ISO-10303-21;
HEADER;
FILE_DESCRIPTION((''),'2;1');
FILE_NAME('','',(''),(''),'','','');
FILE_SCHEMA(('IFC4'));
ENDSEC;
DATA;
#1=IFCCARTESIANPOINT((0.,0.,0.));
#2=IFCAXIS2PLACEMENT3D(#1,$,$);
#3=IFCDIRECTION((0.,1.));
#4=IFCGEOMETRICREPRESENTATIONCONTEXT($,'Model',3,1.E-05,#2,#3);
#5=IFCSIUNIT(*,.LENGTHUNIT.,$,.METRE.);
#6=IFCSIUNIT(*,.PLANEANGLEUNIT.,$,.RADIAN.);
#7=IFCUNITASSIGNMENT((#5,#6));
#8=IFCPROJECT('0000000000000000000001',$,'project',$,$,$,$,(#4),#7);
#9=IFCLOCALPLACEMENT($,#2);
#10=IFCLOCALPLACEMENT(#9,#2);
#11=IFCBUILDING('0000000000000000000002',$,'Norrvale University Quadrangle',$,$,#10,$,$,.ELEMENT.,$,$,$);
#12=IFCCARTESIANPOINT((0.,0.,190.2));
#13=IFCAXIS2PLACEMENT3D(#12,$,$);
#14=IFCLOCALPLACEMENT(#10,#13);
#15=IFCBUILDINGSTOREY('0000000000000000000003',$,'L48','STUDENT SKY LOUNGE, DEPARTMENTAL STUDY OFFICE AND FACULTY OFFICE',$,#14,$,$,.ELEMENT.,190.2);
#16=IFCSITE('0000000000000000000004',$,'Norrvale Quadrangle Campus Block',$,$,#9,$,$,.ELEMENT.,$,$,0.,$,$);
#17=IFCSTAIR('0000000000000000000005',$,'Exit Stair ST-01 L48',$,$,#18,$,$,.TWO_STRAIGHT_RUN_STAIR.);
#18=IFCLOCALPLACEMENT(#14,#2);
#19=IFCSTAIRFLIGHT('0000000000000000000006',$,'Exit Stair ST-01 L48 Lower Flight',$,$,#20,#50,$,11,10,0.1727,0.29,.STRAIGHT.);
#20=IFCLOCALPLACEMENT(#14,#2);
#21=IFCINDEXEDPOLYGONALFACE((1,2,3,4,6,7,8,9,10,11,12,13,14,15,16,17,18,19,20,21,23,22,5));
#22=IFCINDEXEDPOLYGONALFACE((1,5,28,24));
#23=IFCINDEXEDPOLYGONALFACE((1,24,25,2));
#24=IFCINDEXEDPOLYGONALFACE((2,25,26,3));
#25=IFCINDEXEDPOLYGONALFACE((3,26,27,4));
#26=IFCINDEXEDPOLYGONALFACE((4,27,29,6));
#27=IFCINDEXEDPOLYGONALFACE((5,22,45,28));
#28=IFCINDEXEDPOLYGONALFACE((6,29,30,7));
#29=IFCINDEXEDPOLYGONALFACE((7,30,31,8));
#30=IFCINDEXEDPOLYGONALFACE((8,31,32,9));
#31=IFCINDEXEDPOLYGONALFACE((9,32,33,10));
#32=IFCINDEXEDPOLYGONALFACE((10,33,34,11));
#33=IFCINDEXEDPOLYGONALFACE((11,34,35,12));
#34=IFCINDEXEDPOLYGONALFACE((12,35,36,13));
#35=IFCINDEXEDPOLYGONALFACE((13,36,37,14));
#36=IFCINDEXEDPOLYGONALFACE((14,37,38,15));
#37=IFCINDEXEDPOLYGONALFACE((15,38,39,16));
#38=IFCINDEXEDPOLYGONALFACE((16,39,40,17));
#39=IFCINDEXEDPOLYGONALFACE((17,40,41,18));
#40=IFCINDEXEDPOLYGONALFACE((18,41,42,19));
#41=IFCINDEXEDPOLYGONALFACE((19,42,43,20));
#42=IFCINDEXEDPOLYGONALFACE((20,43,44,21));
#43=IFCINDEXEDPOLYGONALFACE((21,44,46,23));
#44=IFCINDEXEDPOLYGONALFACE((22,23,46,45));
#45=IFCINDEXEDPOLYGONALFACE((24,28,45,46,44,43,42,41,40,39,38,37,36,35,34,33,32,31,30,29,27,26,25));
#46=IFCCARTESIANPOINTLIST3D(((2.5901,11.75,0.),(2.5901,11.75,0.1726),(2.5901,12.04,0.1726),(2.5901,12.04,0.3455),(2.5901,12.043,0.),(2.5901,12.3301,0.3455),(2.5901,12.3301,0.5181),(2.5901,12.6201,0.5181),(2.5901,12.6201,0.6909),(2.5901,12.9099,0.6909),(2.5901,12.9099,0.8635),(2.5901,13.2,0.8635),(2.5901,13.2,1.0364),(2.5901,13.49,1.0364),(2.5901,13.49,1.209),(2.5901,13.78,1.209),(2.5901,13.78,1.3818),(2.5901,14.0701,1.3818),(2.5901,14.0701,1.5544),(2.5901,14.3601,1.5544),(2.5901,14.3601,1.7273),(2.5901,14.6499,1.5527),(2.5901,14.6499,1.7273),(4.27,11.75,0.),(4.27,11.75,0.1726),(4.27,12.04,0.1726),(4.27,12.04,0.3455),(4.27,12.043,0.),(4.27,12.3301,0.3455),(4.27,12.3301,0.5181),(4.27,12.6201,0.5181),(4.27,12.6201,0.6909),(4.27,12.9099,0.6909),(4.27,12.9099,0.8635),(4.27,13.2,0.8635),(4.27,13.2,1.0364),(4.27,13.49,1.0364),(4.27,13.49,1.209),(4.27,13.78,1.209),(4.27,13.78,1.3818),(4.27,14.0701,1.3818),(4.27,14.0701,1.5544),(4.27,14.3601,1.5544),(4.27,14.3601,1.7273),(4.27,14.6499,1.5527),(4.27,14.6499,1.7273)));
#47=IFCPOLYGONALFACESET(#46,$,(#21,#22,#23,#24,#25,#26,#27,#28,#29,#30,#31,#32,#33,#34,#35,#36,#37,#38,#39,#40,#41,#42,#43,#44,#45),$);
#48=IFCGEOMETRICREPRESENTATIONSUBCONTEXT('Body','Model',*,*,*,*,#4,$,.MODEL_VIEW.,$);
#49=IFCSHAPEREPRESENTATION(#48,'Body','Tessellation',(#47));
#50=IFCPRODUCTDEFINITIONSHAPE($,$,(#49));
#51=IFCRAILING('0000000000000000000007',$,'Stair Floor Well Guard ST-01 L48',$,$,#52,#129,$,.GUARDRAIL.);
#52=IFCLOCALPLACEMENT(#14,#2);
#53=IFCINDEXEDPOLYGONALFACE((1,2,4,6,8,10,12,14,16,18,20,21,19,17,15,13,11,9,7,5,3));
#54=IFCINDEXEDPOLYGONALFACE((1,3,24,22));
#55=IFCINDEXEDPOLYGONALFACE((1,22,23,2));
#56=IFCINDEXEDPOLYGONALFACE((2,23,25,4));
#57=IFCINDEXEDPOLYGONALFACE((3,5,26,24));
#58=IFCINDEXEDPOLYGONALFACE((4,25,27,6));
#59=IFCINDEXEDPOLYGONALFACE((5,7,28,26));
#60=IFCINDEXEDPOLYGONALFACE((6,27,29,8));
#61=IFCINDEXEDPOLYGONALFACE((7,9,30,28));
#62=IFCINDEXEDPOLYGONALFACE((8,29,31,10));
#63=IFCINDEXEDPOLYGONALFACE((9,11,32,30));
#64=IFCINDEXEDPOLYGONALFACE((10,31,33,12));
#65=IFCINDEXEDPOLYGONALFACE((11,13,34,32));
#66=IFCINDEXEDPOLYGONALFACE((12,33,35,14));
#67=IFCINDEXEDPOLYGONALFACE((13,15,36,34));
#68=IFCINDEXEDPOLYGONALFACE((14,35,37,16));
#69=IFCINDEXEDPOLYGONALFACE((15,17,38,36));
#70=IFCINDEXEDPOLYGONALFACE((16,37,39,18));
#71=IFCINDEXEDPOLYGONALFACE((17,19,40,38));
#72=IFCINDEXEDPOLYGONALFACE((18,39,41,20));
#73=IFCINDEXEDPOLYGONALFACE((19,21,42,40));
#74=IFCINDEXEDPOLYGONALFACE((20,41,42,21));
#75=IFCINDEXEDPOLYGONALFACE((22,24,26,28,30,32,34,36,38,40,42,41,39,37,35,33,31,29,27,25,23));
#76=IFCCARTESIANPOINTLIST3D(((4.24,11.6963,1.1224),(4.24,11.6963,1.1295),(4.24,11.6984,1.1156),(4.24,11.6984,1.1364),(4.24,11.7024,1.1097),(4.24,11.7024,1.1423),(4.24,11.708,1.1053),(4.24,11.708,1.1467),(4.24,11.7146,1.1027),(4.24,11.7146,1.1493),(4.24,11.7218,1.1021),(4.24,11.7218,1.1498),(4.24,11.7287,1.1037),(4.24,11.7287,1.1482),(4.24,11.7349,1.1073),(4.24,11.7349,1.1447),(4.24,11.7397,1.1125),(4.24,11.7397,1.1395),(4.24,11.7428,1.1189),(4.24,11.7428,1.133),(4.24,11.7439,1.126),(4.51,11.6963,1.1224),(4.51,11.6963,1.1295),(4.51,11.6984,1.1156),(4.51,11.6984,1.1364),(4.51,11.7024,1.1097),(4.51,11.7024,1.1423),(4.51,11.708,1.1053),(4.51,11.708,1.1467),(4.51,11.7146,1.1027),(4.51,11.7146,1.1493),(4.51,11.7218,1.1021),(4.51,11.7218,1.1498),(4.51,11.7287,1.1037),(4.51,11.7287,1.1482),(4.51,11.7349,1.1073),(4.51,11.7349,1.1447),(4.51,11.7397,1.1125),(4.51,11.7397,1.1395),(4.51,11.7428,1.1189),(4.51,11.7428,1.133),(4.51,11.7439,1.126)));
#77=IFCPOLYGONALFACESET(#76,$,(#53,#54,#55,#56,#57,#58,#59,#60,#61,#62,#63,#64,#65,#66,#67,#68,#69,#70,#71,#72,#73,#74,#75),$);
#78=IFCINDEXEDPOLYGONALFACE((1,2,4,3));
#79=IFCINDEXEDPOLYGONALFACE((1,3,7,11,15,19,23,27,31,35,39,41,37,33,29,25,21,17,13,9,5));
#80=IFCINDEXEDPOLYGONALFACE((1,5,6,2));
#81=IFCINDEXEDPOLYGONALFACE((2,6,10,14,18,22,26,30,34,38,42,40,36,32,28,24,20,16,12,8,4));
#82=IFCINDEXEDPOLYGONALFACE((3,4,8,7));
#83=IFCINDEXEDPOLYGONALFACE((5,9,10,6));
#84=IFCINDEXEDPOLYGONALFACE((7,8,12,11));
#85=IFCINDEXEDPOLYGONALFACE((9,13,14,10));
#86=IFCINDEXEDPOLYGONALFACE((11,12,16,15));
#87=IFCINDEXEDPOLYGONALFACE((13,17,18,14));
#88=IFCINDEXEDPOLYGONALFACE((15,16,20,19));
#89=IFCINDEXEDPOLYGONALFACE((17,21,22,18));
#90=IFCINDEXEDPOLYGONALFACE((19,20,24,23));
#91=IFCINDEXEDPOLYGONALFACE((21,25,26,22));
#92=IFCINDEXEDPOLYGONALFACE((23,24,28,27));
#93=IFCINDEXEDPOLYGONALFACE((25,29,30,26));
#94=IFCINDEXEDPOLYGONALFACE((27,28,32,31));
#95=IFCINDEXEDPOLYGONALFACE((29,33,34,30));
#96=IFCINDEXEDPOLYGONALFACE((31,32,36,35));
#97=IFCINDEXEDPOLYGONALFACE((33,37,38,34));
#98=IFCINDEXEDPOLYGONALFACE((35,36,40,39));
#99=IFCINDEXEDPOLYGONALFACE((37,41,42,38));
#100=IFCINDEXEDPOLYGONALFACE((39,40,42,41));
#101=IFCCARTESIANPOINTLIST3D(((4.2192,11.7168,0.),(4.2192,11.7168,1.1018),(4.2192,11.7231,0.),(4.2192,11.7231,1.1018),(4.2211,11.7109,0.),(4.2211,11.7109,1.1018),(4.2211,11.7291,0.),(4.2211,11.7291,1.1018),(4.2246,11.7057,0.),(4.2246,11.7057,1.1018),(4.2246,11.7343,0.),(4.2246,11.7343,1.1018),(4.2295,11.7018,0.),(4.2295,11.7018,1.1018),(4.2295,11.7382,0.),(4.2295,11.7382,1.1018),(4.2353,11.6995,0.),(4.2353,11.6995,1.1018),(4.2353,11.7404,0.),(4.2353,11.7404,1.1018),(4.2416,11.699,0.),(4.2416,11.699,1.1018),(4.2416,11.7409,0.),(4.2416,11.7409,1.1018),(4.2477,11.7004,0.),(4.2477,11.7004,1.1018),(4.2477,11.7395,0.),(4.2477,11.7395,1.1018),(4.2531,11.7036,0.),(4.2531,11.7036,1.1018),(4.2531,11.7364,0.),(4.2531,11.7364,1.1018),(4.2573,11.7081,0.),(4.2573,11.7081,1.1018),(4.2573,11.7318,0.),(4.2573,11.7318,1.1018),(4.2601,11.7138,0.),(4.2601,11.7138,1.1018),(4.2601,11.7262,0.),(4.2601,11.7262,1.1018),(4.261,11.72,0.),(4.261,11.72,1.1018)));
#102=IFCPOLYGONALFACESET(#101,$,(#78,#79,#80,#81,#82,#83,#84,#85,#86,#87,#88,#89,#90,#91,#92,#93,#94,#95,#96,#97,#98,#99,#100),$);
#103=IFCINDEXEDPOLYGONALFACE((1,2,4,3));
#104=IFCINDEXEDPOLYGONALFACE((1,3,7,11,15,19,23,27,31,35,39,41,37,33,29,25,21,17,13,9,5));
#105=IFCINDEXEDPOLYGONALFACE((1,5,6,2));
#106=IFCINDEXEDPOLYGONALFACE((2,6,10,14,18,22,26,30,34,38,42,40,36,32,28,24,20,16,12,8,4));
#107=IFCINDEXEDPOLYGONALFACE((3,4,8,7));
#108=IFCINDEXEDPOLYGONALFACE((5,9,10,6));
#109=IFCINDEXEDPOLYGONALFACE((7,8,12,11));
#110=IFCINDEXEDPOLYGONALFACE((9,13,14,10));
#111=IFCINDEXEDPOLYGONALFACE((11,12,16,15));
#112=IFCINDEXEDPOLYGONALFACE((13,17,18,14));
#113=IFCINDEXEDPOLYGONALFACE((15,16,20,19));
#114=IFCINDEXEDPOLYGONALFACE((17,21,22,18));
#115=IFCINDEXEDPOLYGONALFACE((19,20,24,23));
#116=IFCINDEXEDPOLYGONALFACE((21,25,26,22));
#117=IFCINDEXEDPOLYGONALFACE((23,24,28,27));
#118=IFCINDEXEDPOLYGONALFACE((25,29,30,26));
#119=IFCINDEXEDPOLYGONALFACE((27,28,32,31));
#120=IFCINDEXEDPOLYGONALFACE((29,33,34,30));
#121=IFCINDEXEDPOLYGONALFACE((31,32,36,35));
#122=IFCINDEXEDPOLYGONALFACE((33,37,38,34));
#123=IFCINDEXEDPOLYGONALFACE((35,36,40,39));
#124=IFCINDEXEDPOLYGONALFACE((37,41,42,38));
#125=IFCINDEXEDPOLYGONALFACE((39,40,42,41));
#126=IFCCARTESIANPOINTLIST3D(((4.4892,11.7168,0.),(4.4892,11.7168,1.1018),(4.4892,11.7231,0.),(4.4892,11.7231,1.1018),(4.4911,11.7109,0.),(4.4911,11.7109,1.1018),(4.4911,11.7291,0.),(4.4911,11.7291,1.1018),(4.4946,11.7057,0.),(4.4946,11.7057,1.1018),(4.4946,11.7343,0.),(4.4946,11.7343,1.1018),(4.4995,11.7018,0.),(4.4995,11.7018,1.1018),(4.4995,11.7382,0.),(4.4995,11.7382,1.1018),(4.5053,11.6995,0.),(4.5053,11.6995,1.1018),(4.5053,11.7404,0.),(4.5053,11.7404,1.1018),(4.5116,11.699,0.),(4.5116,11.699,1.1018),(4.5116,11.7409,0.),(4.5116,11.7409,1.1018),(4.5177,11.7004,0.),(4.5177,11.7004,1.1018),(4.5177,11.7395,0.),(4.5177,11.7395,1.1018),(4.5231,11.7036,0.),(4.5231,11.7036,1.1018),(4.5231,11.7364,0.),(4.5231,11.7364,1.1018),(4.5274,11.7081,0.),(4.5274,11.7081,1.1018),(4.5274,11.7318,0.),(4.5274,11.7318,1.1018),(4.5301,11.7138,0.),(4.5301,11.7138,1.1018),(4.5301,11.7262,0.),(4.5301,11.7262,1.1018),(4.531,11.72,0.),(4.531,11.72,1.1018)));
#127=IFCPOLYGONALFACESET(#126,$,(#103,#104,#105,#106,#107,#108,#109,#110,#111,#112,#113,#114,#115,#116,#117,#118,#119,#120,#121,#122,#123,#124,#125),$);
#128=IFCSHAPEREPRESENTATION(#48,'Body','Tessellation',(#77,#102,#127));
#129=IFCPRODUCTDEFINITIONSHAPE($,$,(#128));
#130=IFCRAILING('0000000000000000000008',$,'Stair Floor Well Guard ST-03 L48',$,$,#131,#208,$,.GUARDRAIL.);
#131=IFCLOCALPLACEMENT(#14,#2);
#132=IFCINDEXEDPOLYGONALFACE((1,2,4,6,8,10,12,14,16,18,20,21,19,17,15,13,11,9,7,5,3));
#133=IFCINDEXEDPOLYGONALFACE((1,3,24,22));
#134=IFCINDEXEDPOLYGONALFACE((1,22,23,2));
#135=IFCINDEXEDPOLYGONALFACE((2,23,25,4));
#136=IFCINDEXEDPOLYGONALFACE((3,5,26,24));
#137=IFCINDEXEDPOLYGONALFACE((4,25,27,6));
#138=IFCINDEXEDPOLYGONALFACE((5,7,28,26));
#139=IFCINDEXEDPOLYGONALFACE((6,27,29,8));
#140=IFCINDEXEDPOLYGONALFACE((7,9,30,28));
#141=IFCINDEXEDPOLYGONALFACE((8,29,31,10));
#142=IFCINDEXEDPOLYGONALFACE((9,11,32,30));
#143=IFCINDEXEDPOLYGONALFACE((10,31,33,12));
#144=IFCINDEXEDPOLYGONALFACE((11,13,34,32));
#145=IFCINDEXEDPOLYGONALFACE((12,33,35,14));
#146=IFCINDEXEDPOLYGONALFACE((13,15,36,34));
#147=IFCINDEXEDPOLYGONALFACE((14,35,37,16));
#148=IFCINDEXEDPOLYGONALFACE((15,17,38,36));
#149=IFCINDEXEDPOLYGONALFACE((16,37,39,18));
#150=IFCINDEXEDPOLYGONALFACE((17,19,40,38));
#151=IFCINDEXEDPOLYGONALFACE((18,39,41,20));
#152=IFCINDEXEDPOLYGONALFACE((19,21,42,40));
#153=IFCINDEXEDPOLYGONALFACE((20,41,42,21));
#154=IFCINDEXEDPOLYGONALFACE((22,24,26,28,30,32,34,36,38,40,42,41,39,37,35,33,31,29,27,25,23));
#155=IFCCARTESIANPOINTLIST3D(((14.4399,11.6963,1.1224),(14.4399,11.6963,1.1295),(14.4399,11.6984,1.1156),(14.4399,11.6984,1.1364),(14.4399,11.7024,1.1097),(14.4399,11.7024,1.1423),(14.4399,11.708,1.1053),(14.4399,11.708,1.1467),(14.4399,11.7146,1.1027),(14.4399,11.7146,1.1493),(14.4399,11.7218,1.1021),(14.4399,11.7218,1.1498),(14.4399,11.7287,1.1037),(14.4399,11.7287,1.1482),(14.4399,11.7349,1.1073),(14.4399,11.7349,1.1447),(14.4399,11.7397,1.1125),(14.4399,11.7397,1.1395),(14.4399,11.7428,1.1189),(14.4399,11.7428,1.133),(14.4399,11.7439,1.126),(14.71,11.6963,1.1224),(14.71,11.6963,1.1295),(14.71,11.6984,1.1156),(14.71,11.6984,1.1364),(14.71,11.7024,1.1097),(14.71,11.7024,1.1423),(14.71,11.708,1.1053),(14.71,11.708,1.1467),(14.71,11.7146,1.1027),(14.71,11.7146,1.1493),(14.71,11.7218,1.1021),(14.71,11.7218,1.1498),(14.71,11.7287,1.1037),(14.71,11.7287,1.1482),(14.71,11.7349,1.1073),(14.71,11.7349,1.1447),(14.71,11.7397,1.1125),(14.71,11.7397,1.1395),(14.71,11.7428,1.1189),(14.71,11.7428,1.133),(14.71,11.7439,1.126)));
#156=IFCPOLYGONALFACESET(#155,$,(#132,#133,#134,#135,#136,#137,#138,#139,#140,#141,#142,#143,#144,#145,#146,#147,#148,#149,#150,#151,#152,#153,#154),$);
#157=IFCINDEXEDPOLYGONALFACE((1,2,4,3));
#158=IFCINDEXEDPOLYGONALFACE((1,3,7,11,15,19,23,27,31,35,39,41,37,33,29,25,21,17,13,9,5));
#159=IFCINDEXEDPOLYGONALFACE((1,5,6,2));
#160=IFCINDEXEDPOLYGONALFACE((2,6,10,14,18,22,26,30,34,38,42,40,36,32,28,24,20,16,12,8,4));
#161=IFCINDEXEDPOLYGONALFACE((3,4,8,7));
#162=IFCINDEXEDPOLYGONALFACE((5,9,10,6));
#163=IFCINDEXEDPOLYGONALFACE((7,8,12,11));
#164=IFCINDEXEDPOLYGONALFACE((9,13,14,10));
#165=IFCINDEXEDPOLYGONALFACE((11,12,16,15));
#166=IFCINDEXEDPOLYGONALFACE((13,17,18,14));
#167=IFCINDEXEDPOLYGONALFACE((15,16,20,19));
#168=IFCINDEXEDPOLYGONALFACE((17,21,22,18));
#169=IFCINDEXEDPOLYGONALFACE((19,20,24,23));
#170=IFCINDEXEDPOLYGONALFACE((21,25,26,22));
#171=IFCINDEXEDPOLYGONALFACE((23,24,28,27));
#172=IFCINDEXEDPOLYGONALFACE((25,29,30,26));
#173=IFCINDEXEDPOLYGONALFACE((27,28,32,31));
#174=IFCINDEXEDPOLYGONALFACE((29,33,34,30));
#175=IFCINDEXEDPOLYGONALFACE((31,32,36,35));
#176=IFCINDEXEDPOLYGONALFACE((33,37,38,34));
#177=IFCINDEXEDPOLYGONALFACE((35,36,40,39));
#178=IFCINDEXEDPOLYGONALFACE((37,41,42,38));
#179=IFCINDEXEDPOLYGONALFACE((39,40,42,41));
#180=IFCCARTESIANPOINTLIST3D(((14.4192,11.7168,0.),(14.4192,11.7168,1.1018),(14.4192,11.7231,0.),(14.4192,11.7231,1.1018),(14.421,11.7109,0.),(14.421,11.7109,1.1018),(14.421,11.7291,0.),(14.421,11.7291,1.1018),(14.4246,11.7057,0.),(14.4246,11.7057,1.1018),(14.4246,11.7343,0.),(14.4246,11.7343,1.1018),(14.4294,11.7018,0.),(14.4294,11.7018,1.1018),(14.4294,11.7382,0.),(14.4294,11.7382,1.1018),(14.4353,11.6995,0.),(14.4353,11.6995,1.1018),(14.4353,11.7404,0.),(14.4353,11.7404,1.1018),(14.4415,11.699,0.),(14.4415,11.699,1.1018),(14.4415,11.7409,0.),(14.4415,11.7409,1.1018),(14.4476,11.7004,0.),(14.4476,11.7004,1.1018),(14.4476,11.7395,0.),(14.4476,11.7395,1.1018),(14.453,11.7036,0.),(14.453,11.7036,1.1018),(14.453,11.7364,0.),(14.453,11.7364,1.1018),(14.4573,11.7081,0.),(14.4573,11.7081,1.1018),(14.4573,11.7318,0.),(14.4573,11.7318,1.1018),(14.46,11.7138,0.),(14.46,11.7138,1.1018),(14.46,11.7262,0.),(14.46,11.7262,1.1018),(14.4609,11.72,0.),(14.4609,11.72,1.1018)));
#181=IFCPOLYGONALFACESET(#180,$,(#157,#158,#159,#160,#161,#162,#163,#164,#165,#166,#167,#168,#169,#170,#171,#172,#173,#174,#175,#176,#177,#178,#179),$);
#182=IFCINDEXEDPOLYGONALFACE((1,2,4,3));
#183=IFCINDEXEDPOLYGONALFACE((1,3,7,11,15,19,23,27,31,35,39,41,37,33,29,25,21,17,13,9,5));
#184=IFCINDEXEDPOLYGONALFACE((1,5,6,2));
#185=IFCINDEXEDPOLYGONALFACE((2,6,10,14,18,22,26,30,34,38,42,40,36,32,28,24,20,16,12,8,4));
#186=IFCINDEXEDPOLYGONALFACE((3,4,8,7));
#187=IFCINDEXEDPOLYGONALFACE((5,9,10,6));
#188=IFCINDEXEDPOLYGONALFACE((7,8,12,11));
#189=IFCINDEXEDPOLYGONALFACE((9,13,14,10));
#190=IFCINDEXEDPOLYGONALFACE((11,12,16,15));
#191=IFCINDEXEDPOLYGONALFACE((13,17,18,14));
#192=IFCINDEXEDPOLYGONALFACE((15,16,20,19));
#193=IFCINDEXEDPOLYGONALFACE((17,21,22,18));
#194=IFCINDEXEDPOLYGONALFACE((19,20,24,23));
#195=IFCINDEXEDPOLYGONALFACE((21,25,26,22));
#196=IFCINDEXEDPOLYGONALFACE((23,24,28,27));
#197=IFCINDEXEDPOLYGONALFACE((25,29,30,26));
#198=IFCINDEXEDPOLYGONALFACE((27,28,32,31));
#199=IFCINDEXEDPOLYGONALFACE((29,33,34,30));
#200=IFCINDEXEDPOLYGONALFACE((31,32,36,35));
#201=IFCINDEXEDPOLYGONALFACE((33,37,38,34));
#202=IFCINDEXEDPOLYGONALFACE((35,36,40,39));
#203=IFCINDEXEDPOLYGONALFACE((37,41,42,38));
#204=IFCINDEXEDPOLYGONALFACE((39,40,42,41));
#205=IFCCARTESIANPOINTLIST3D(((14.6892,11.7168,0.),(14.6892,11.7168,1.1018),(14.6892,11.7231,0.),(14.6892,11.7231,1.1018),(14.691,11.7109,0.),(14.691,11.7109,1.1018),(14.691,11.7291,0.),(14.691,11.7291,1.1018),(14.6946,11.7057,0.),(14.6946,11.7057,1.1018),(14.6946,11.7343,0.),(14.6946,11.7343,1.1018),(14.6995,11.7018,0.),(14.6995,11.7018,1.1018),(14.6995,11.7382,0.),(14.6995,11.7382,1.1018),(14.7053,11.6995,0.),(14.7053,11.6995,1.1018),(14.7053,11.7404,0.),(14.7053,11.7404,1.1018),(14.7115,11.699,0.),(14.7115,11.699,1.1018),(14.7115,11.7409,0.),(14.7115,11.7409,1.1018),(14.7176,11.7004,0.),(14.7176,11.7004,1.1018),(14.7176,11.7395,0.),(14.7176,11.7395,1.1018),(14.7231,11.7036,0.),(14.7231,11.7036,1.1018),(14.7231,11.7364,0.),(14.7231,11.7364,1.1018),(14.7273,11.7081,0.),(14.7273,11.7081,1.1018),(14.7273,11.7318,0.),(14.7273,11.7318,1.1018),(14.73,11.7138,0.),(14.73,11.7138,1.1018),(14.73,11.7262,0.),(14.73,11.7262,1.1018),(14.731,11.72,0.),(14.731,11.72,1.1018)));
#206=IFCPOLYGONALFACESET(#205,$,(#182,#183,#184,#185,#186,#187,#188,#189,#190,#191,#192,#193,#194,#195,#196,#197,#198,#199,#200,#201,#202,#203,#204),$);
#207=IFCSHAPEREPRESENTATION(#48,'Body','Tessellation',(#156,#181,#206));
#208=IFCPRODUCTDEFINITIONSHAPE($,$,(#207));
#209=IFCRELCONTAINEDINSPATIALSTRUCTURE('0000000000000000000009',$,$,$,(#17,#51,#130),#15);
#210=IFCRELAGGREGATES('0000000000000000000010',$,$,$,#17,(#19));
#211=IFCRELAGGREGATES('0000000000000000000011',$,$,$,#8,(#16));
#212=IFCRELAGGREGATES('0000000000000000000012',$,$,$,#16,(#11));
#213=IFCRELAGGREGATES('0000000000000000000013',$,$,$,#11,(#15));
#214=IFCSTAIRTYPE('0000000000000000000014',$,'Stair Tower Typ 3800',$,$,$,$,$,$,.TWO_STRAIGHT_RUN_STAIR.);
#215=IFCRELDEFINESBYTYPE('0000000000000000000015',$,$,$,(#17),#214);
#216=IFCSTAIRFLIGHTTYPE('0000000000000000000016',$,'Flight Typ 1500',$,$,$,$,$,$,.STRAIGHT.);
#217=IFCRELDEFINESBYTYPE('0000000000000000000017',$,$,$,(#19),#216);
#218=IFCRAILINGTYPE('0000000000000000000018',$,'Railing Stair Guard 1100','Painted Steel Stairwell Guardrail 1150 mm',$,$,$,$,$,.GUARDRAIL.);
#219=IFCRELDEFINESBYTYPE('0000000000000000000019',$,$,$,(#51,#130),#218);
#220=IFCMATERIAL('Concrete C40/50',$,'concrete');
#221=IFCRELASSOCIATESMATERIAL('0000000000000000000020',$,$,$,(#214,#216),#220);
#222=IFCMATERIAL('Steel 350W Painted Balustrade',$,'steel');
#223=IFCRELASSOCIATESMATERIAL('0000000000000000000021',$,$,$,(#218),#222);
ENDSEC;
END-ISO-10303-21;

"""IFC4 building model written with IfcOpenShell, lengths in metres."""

from ifc_helpers import new_model, si_unit, direction, frame, origin, origin_2d, place, context, subcontext, project, spatial, polyline, circle, outline, extrude, material, type_object, element, aggregate, save


model = new_model("IFC4")

# Units and contexts
model_context = context("Model", 3, precision=1e-05, world=origin(), true_north=direction((0.0, 1.0)))
body_context = subcontext(model_context, "Body", "Model", "MODEL_VIEW")
ifc_project = project(units=[si_unit("LENGTHUNIT", "METRE"), si_unit("PLANEANGLEUNIT", "RADIAN")], contexts=[model_context])

# Site, building, storey
site_placement = place(None, origin())
site = spatial("IfcSite", under=ifc_project, at=site_placement, Name="Norrvale Quadrangle Campus Block", CompositionType="ELEMENT", RefElevation=0.0)
building_placement = place(site_placement, origin())
building = spatial("IfcBuilding", under=site, at=building_placement, Name="Norrvale University Quadrangle", CompositionType="ELEMENT")
storey_placement = place(building_placement, frame((0.0, 0.0, 190.2)))
storey = spatial("IfcBuildingStorey", under=building, at=storey_placement, Name="L48", Description="STUDENT SKY LOUNGE, DEPARTMENTAL STUDY OFFICE AND FACULTY OFFICE", CompositionType="ELEMENT", Elevation=190.2)

# Stair, stair flight
ifc_material_1 = material(Name="Concrete C40/50", Category="concrete")
stair_type = type_object("IfcStairType", Name="Stair Tower Typ 3800", PredefinedType="TWO_STRAIGHT_RUN_STAIR", material=ifc_material_1)
stair_placement = place(storey_placement, origin())
stair = element("IfcStair", 1, at=stair_placement, inside=storey, type_object=stair_type, Name="Exit Stair ST-01 L48", PredefinedType="TWO_STRAIGHT_RUN_STAIR")
stair_flight_type = type_object("IfcStairFlightType", Name="Flight Typ 1500", PredefinedType="STRAIGHT", material=ifc_material_1)
stair_flight_placement = place(storey_placement, frame((3.4299, 11.75, 0.0), z_axis=(0.0, 0.0, 1.0), x_axis=(0.0, 1.0, 0.0)))
stair_flight = element("IfcStairFlight", 2, at=stair_flight_placement, type_object=stair_flight_type, Name="Exit Stair ST-01 L48 Lower Flight", NumberOfRisers=11, NumberOfTreads=10, PredefinedType="STRAIGHT", RiserHeight=0.1727, TreadLength=0.29, context=body_context, shape_type="SweptSolid", body=[
    extrude(outline(polyline([(0.0, 0.0), (0.0, 0.1726), (0.29, 0.1726), (0.29, 0.3455), (0.5801, 0.3455), (0.5801, 0.5181), (0.8701, 0.5181), (0.8701, 0.6909), (1.1599, 0.6909), (1.1599, 0.8635), (1.45, 0.8635), (1.45, 1.0364), (1.74, 1.0364), (1.74, 1.209), (2.03, 1.209), (2.03, 1.3818), (2.3201, 1.3818), (2.3201, 1.5544), (2.6101, 1.5544), (2.6101, 1.7273), (2.8999, 1.7273), (2.8999, 1.8999), (2.8999, 1.5527), (0.293, 0.0), (0.0, 0.0)])), frame((0.0, 0.8398, 0.0), z_axis=(0.0, -1.0, 0.0), x_axis=(1.0, 0.0, 0.0)), (0.0, 0.0, 1.0), 1.6799),
])
aggregate(stair, [stair_flight])

# Railings
ifc_material_2 = material(Name="Steel 350W Painted Balustrade", Category="steel")
railing_type_1 = type_object("IfcRailingType", Name="Railing Stair Guard 1100", Description="Painted Steel Stairwell Guardrail 1150 mm", PredefinedType="GUARDRAIL", material=ifc_material_2)
for number, where, name in (
    (3, (4.24, 11.72, 0.0), "Stair Floor Well Guard ST-01 L48"),
    (4, (14.4399, 11.72, 0.0), "Stair Floor Well Guard ST-03 L48"),
):
    element("IfcRailing", number, at=place(storey_placement, frame(where)), inside=storey, type_object=railing_type_1, Name=name, PredefinedType="GUARDRAIL", context=body_context, shape_type="SweptSolid", body=[
        extrude(circle(Radius=0.0239, at=origin_2d()), frame((0.0, 0.0, 1.126), z_axis=(1.0, 0.0, 0.0), x_axis=(0.0, 1.0, 0.0)), (0.0, 0.0, 1.0), 0.27),
        extrude(circle(Radius=0.021, at=origin_2d()), origin(), (0.0, 0.0, 1.0), 1.1018),
        extrude(circle(Radius=0.021, at=origin_2d()), frame((0.27, 0.0, 0.0)), (0.0, 0.0, 1.0), 1.1018),
    ])

save(model, "model.ifc")
